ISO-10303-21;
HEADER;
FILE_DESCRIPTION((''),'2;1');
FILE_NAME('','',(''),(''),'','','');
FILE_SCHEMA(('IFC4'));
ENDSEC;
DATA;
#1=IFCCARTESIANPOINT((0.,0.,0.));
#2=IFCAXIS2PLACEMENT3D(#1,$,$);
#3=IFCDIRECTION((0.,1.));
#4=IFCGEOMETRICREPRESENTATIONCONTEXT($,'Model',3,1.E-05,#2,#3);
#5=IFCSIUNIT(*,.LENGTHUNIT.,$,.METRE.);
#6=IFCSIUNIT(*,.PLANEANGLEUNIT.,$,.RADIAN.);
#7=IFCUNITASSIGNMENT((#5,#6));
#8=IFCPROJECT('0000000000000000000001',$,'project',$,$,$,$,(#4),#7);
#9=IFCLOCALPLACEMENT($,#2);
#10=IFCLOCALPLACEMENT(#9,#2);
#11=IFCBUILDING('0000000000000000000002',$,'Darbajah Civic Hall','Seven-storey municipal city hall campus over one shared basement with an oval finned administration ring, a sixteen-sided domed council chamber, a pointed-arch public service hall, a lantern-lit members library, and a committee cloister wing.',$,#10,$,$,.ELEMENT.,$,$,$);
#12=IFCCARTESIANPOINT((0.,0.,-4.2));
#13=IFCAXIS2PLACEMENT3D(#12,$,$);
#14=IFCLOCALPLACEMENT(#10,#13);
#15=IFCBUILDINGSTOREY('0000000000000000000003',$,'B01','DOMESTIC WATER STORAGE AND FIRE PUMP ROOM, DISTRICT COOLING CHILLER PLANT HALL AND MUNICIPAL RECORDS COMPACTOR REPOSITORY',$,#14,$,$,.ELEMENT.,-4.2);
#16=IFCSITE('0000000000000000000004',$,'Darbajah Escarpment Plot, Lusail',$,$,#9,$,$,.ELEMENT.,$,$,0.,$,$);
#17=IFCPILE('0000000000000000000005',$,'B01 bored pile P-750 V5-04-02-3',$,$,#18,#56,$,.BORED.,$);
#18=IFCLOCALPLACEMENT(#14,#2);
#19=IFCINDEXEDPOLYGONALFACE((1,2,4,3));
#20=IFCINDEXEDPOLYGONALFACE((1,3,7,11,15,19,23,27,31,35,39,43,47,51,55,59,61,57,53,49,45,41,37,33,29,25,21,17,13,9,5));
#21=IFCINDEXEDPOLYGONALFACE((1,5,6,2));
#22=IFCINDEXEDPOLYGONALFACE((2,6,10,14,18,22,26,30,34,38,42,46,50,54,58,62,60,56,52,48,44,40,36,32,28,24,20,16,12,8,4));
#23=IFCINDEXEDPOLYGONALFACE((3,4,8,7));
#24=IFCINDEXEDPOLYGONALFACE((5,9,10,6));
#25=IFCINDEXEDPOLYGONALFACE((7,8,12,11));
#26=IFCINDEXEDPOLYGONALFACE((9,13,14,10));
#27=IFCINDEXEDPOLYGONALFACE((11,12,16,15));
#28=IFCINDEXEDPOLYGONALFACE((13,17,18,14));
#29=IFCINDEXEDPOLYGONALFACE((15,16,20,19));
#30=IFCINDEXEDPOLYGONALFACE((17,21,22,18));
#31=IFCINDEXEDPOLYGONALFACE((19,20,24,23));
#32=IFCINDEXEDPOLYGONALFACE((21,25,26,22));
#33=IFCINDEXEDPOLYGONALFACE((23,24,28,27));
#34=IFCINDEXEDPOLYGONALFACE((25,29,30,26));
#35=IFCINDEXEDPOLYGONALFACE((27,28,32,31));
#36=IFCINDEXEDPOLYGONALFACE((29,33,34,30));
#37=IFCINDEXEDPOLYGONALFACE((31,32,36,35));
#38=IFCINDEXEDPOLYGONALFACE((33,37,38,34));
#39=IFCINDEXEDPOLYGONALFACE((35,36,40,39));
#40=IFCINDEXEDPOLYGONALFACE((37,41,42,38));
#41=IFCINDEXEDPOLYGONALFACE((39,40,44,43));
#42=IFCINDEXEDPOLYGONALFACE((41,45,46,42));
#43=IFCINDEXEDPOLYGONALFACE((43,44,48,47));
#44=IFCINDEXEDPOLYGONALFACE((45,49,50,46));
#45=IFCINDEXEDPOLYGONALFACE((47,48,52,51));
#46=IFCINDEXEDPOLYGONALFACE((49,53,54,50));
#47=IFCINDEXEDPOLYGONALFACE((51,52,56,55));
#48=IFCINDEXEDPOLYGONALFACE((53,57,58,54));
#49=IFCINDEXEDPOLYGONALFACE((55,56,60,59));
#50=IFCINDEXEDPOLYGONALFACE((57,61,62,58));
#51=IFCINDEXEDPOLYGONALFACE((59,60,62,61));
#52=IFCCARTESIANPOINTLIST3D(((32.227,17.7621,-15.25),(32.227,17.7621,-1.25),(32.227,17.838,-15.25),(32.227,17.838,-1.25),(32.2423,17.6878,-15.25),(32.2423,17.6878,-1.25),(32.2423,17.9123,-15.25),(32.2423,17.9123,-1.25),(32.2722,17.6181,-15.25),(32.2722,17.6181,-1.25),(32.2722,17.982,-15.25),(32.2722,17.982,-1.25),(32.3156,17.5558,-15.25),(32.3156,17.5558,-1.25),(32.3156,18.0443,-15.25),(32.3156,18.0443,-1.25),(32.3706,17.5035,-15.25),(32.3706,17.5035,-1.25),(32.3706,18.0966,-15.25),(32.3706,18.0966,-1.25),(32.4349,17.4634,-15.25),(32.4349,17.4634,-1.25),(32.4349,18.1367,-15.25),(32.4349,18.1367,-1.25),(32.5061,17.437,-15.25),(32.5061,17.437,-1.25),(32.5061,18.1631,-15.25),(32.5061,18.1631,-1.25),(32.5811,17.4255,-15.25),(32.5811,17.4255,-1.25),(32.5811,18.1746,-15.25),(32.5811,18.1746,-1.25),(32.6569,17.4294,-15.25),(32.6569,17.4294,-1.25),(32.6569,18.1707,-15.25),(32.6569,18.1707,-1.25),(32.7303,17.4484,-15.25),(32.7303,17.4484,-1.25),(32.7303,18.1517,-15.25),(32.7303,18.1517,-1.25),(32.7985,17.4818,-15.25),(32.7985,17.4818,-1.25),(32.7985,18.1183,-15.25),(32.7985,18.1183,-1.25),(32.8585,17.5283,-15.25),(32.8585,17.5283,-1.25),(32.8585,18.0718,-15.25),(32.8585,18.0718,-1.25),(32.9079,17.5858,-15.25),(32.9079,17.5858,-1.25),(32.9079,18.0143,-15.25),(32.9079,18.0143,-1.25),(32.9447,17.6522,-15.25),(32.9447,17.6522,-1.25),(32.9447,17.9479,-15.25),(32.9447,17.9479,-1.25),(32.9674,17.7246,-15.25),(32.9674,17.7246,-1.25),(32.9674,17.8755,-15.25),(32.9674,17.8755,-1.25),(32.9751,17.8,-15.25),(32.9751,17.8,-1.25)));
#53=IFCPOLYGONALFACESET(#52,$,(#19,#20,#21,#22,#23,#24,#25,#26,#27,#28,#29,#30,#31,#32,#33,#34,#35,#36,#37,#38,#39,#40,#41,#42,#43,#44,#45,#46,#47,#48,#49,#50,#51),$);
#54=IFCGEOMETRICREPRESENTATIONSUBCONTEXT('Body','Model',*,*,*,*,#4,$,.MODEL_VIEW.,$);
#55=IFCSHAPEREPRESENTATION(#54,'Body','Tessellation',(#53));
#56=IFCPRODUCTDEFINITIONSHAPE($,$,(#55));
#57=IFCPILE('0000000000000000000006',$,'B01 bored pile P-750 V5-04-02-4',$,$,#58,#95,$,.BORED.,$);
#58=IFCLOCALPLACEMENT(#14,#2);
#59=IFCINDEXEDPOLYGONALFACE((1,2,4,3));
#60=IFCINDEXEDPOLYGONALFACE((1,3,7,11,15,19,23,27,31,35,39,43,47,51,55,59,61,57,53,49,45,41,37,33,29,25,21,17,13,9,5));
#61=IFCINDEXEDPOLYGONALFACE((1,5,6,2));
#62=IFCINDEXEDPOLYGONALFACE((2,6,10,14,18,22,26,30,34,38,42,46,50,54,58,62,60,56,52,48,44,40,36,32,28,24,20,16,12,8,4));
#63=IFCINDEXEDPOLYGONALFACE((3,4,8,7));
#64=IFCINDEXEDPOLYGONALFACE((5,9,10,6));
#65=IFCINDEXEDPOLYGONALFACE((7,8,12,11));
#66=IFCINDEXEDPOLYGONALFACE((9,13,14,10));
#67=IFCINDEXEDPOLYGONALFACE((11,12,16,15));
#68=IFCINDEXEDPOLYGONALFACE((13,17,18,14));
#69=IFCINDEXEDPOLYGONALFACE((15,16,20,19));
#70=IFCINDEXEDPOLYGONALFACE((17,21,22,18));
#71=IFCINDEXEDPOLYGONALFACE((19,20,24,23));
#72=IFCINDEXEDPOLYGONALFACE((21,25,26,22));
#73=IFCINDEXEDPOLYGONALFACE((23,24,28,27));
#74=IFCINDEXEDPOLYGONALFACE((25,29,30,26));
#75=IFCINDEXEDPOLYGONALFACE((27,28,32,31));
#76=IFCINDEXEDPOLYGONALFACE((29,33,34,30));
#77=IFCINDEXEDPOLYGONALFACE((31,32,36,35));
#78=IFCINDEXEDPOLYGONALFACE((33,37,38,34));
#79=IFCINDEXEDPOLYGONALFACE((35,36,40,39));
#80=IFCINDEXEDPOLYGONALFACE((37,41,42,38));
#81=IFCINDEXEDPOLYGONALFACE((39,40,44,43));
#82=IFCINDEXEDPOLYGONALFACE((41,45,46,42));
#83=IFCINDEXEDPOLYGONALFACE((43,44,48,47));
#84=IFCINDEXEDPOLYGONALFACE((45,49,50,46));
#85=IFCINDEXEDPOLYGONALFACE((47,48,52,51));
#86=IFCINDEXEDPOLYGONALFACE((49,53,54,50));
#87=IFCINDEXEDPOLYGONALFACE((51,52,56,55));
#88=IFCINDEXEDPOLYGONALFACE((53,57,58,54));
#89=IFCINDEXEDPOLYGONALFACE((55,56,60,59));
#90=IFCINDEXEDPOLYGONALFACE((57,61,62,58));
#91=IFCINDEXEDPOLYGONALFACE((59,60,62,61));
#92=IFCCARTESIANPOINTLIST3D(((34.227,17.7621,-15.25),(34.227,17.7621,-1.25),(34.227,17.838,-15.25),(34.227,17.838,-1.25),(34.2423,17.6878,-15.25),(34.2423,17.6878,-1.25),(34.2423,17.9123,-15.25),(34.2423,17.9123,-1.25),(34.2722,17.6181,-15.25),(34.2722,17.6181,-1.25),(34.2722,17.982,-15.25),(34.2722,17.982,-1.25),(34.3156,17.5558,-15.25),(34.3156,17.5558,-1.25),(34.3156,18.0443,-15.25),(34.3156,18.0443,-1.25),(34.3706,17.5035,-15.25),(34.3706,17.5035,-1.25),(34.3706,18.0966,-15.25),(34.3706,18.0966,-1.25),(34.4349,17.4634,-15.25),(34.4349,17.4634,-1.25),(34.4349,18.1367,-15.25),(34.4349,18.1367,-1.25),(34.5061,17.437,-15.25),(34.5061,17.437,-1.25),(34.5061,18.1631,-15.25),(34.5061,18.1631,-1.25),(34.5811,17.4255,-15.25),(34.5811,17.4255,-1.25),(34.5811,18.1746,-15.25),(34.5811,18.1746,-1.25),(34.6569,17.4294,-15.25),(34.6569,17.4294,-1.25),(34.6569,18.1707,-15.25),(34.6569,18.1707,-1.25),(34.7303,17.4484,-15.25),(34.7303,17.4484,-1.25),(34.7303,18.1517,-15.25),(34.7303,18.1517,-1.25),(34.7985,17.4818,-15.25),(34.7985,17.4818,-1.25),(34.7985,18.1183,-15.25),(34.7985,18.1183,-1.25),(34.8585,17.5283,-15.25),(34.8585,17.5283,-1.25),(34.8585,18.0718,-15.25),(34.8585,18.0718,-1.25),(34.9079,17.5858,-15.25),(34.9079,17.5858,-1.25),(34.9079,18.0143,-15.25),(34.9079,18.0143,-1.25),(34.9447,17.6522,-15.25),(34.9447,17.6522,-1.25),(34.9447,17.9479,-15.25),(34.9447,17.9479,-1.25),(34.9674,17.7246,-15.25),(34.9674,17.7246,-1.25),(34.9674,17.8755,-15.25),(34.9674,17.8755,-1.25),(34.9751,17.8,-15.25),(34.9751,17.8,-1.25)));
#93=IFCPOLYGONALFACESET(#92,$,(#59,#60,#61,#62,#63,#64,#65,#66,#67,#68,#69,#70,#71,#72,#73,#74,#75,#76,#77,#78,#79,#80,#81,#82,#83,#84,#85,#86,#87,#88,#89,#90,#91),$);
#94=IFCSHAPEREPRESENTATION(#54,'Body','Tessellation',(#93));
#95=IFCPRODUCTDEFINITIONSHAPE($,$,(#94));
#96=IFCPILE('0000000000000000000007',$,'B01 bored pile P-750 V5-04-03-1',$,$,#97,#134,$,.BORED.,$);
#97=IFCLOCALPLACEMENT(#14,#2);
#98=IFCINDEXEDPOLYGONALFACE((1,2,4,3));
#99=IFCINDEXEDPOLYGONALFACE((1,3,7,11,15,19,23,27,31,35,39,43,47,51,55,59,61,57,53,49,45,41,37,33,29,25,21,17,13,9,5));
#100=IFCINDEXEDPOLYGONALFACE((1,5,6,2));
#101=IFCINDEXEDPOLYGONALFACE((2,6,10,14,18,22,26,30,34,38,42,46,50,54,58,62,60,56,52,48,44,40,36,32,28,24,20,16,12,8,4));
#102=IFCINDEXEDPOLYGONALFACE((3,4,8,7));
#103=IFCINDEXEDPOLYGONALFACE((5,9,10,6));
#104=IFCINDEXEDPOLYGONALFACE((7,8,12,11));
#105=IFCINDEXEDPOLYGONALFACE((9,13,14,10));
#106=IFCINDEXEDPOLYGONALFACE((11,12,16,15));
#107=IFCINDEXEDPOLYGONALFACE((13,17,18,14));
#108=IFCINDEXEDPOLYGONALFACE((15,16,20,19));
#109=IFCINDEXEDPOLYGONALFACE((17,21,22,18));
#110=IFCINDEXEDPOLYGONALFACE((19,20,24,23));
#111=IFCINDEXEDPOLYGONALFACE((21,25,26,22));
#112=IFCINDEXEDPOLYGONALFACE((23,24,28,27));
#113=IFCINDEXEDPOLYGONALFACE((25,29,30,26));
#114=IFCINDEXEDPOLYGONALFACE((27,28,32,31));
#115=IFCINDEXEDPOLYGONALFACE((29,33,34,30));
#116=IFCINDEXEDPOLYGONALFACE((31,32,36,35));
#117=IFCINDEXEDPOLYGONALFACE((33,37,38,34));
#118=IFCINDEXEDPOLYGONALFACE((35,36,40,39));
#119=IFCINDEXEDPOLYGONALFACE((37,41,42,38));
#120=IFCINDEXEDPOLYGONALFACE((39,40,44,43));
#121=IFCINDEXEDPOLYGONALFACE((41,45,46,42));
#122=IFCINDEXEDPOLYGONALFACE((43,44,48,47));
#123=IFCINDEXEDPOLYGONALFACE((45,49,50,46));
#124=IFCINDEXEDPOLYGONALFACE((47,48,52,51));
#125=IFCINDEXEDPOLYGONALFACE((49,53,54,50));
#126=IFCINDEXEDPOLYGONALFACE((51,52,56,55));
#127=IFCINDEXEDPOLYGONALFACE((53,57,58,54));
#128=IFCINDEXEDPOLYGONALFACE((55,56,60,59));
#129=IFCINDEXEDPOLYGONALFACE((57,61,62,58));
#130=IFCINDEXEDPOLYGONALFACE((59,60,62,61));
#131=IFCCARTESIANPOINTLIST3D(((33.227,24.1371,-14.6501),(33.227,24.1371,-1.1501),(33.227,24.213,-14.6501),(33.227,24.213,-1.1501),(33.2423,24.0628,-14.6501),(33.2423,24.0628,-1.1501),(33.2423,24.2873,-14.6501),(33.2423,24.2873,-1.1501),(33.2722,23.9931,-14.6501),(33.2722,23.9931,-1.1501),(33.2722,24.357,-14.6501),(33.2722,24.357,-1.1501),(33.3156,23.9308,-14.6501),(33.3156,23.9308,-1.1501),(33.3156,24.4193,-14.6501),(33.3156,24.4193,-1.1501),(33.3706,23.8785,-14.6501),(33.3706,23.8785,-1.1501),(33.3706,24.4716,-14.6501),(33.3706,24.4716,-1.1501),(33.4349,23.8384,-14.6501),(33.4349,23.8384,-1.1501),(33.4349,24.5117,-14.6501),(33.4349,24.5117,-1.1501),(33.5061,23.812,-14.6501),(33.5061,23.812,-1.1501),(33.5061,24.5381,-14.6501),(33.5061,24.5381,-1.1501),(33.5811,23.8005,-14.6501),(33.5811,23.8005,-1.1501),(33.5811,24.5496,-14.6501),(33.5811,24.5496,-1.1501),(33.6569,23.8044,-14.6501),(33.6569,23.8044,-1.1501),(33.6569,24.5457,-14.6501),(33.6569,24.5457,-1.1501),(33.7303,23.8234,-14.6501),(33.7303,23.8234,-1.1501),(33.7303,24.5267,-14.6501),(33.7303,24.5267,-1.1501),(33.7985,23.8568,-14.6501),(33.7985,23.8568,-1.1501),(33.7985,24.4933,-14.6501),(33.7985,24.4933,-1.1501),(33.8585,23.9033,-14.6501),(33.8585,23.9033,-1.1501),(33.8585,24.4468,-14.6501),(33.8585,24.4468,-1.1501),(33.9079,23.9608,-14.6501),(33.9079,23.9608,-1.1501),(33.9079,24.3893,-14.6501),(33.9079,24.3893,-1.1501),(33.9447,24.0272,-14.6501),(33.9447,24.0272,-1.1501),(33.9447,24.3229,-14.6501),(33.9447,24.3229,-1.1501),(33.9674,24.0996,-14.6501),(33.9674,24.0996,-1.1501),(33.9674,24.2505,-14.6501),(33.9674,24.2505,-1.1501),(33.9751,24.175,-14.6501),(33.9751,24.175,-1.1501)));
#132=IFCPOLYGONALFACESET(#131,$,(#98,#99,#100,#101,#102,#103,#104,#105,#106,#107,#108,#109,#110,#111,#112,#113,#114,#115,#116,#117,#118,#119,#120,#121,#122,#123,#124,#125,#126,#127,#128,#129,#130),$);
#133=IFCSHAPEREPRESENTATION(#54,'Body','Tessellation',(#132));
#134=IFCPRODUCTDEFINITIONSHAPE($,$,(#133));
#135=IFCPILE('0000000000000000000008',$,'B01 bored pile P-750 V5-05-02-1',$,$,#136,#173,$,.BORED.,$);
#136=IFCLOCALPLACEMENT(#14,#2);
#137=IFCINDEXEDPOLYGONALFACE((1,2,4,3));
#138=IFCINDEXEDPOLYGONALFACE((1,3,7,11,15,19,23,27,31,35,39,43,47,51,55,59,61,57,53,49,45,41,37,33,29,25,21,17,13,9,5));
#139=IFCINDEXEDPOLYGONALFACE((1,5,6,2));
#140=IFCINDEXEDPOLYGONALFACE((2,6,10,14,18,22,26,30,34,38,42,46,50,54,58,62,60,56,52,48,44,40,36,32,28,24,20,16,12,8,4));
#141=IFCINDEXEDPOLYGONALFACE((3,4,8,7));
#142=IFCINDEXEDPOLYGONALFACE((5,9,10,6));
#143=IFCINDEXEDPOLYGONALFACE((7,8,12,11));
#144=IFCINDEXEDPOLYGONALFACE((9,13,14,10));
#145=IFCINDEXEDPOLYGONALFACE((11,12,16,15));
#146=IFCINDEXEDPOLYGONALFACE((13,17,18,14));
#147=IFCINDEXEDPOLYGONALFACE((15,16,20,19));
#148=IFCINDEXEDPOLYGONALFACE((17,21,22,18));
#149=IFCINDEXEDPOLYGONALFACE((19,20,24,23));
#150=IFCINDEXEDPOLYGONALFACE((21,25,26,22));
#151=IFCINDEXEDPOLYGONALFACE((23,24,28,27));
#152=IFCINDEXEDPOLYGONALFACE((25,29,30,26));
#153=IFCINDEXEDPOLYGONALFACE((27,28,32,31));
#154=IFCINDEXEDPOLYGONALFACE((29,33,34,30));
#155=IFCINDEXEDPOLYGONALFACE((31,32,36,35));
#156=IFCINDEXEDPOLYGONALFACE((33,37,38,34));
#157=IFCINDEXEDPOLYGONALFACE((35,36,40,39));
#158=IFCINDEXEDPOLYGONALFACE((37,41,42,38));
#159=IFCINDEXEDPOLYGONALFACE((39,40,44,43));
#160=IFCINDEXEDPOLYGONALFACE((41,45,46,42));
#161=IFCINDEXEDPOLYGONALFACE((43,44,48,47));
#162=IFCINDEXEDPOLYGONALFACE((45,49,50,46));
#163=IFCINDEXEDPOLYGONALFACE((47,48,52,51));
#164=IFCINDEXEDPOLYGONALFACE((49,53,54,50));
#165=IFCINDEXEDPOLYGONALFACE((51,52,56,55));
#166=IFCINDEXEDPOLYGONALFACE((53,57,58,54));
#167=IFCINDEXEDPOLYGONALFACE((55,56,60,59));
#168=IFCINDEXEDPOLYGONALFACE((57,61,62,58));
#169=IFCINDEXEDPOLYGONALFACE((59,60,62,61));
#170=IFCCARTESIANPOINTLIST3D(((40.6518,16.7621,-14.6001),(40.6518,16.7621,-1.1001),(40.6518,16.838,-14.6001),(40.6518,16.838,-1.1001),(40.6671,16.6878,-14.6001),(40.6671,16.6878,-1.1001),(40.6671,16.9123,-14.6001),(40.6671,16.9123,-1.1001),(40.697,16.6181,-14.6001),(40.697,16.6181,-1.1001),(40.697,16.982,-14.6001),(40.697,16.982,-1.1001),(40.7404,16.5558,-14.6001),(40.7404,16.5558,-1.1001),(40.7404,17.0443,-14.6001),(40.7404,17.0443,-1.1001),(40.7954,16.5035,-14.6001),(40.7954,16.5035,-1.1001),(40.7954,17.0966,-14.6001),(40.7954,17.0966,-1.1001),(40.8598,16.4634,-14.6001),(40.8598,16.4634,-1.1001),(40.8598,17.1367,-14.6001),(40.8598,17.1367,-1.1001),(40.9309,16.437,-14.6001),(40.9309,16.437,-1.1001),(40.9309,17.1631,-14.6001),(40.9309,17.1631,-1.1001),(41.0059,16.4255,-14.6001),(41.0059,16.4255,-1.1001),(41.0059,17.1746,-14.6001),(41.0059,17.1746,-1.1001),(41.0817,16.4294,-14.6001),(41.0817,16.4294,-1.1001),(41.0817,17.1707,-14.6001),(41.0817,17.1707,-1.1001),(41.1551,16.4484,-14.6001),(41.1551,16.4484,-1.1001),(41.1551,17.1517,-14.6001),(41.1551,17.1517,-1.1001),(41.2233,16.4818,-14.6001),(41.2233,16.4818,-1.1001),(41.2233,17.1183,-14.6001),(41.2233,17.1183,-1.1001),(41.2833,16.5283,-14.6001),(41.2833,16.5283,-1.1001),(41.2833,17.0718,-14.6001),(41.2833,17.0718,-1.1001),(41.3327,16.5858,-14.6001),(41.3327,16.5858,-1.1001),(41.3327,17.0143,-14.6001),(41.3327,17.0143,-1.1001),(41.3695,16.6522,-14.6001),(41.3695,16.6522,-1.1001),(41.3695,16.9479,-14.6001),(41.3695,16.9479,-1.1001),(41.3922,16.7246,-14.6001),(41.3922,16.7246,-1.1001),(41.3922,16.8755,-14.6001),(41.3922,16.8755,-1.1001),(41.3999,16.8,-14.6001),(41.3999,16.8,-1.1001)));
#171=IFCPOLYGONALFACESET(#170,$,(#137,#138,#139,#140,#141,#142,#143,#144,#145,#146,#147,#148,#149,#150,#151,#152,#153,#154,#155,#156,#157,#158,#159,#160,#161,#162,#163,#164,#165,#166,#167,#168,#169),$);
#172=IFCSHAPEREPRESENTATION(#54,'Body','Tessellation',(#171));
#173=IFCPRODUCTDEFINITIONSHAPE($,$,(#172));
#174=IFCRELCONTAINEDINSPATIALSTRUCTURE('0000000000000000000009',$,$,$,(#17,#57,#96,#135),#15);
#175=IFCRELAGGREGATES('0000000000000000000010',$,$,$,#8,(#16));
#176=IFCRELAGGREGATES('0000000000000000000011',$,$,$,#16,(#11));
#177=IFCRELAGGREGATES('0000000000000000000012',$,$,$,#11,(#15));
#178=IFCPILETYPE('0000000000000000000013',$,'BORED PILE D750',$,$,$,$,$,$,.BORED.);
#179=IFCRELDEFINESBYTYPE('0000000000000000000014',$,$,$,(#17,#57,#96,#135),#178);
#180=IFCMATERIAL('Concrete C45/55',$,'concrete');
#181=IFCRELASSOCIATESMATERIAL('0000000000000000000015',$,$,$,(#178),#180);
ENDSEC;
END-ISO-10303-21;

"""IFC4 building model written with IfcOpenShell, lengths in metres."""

from ifc_helpers import new_model, si_unit, direction, frame, origin, origin_2d, place, context, subcontext, project, spatial, circle, extrude, material, material_profile, profile_set, type_object, element, save


model = new_model("IFC4")

# Units and contexts
model_context = context("Model", 3, precision=1e-05, world=origin(), true_north=direction((0.0, 1.0)))
body_context = subcontext(model_context, "Body", "Model", "MODEL_VIEW")
ifc_project = project(units=[si_unit("LENGTHUNIT", "METRE"), si_unit("PLANEANGLEUNIT", "RADIAN")], contexts=[model_context])

# Site, building, storey
site_placement = place(None, origin())
site = spatial("IfcSite", under=ifc_project, at=site_placement, Name="Darbajah Escarpment Plot, Lusail", CompositionType="ELEMENT", RefElevation=0.0)
building_placement = place(site_placement, origin())
building = spatial("IfcBuilding", under=site, at=building_placement, Name="Darbajah Civic Hall", Description="Seven-storey municipal city hall campus over one shared basement with an oval finned administration ring, a sixteen-sided domed council chamber, a pointed-arch public service hall, a lantern-lit members library, and a committee cloister wing.", CompositionType="ELEMENT")
storey_placement = place(building_placement, frame((0.0, 0.0, -4.2)))
storey = spatial("IfcBuildingStorey", under=building, at=storey_placement, Name="B01", Description="DOMESTIC WATER STORAGE AND FIRE PUMP ROOM, DISTRICT COOLING CHILLER PLANT HALL AND MUNICIPAL RECORDS COMPACTOR REPOSITORY", CompositionType="ELEMENT", Elevation=-4.2)

# Piles
ifc_material_1 = material(Name="Concrete C45/55", Category="concrete")
ifc_material_profile_1 = material_profile(ifc_material_1, circle(Radius=0.375, at=origin_2d()), Name="BORED PILE D750")
ifc_profile_set_1 = profile_set([ifc_material_profile_1], Name="Concrete C45/55")
pile_type_1 = type_object("IfcPileType", Name="BORED PILE D750", PredefinedType="BORED", material=ifc_profile_set_1)
for number, where, z_axis, x_axis, name in (
    (1, (32.6001, 17.8, -1.25), (0.0, 0.0, -1.0), (1.0, 0.0, 0.0), "B01 bored pile P-750 V5-04-02-3"),
    (2, (34.6001, 17.8, -1.25), (0.0, 0.0, -1.0), (1.0, 0.0, 0.0), "B01 bored pile P-750 V5-04-02-4"),
):
    element("IfcPile", number, at=place(storey_placement, frame(where, z_axis=z_axis, x_axis=x_axis)), inside=storey, type_object=pile_type_1, Name=name, PredefinedType="BORED", context=body_context, shape_type="SweptSolid", body=[
        extrude(circle(Radius=0.375, at=origin_2d()), origin(), (0.0, 0.0, 1.0), 14.0),
    ])
for number, where, z_axis, x_axis, name in (
    (3, (33.6001, 24.175, -1.1501), (0.0, 0.0, -1.0), (1.0, 0.0, 0.0), "B01 bored pile P-750 V5-04-03-1"),
    (4, (41.0249, 16.8, -1.1001), (0.0, 0.0, -1.0), (1.0, 0.0, 0.0), "B01 bored pile P-750 V5-05-02-1"),
):
    element("IfcPile", number, at=place(storey_placement, frame(where, z_axis=z_axis, x_axis=x_axis)), inside=storey, type_object=pile_type_1, Name=name, PredefinedType="BORED", context=body_context, shape_type="SweptSolid", body=[
        extrude(circle(Radius=0.375, at=origin_2d()), origin(), (0.0, 0.0, 1.0), 13.5),
    ])

save(model, "model.ifc")
